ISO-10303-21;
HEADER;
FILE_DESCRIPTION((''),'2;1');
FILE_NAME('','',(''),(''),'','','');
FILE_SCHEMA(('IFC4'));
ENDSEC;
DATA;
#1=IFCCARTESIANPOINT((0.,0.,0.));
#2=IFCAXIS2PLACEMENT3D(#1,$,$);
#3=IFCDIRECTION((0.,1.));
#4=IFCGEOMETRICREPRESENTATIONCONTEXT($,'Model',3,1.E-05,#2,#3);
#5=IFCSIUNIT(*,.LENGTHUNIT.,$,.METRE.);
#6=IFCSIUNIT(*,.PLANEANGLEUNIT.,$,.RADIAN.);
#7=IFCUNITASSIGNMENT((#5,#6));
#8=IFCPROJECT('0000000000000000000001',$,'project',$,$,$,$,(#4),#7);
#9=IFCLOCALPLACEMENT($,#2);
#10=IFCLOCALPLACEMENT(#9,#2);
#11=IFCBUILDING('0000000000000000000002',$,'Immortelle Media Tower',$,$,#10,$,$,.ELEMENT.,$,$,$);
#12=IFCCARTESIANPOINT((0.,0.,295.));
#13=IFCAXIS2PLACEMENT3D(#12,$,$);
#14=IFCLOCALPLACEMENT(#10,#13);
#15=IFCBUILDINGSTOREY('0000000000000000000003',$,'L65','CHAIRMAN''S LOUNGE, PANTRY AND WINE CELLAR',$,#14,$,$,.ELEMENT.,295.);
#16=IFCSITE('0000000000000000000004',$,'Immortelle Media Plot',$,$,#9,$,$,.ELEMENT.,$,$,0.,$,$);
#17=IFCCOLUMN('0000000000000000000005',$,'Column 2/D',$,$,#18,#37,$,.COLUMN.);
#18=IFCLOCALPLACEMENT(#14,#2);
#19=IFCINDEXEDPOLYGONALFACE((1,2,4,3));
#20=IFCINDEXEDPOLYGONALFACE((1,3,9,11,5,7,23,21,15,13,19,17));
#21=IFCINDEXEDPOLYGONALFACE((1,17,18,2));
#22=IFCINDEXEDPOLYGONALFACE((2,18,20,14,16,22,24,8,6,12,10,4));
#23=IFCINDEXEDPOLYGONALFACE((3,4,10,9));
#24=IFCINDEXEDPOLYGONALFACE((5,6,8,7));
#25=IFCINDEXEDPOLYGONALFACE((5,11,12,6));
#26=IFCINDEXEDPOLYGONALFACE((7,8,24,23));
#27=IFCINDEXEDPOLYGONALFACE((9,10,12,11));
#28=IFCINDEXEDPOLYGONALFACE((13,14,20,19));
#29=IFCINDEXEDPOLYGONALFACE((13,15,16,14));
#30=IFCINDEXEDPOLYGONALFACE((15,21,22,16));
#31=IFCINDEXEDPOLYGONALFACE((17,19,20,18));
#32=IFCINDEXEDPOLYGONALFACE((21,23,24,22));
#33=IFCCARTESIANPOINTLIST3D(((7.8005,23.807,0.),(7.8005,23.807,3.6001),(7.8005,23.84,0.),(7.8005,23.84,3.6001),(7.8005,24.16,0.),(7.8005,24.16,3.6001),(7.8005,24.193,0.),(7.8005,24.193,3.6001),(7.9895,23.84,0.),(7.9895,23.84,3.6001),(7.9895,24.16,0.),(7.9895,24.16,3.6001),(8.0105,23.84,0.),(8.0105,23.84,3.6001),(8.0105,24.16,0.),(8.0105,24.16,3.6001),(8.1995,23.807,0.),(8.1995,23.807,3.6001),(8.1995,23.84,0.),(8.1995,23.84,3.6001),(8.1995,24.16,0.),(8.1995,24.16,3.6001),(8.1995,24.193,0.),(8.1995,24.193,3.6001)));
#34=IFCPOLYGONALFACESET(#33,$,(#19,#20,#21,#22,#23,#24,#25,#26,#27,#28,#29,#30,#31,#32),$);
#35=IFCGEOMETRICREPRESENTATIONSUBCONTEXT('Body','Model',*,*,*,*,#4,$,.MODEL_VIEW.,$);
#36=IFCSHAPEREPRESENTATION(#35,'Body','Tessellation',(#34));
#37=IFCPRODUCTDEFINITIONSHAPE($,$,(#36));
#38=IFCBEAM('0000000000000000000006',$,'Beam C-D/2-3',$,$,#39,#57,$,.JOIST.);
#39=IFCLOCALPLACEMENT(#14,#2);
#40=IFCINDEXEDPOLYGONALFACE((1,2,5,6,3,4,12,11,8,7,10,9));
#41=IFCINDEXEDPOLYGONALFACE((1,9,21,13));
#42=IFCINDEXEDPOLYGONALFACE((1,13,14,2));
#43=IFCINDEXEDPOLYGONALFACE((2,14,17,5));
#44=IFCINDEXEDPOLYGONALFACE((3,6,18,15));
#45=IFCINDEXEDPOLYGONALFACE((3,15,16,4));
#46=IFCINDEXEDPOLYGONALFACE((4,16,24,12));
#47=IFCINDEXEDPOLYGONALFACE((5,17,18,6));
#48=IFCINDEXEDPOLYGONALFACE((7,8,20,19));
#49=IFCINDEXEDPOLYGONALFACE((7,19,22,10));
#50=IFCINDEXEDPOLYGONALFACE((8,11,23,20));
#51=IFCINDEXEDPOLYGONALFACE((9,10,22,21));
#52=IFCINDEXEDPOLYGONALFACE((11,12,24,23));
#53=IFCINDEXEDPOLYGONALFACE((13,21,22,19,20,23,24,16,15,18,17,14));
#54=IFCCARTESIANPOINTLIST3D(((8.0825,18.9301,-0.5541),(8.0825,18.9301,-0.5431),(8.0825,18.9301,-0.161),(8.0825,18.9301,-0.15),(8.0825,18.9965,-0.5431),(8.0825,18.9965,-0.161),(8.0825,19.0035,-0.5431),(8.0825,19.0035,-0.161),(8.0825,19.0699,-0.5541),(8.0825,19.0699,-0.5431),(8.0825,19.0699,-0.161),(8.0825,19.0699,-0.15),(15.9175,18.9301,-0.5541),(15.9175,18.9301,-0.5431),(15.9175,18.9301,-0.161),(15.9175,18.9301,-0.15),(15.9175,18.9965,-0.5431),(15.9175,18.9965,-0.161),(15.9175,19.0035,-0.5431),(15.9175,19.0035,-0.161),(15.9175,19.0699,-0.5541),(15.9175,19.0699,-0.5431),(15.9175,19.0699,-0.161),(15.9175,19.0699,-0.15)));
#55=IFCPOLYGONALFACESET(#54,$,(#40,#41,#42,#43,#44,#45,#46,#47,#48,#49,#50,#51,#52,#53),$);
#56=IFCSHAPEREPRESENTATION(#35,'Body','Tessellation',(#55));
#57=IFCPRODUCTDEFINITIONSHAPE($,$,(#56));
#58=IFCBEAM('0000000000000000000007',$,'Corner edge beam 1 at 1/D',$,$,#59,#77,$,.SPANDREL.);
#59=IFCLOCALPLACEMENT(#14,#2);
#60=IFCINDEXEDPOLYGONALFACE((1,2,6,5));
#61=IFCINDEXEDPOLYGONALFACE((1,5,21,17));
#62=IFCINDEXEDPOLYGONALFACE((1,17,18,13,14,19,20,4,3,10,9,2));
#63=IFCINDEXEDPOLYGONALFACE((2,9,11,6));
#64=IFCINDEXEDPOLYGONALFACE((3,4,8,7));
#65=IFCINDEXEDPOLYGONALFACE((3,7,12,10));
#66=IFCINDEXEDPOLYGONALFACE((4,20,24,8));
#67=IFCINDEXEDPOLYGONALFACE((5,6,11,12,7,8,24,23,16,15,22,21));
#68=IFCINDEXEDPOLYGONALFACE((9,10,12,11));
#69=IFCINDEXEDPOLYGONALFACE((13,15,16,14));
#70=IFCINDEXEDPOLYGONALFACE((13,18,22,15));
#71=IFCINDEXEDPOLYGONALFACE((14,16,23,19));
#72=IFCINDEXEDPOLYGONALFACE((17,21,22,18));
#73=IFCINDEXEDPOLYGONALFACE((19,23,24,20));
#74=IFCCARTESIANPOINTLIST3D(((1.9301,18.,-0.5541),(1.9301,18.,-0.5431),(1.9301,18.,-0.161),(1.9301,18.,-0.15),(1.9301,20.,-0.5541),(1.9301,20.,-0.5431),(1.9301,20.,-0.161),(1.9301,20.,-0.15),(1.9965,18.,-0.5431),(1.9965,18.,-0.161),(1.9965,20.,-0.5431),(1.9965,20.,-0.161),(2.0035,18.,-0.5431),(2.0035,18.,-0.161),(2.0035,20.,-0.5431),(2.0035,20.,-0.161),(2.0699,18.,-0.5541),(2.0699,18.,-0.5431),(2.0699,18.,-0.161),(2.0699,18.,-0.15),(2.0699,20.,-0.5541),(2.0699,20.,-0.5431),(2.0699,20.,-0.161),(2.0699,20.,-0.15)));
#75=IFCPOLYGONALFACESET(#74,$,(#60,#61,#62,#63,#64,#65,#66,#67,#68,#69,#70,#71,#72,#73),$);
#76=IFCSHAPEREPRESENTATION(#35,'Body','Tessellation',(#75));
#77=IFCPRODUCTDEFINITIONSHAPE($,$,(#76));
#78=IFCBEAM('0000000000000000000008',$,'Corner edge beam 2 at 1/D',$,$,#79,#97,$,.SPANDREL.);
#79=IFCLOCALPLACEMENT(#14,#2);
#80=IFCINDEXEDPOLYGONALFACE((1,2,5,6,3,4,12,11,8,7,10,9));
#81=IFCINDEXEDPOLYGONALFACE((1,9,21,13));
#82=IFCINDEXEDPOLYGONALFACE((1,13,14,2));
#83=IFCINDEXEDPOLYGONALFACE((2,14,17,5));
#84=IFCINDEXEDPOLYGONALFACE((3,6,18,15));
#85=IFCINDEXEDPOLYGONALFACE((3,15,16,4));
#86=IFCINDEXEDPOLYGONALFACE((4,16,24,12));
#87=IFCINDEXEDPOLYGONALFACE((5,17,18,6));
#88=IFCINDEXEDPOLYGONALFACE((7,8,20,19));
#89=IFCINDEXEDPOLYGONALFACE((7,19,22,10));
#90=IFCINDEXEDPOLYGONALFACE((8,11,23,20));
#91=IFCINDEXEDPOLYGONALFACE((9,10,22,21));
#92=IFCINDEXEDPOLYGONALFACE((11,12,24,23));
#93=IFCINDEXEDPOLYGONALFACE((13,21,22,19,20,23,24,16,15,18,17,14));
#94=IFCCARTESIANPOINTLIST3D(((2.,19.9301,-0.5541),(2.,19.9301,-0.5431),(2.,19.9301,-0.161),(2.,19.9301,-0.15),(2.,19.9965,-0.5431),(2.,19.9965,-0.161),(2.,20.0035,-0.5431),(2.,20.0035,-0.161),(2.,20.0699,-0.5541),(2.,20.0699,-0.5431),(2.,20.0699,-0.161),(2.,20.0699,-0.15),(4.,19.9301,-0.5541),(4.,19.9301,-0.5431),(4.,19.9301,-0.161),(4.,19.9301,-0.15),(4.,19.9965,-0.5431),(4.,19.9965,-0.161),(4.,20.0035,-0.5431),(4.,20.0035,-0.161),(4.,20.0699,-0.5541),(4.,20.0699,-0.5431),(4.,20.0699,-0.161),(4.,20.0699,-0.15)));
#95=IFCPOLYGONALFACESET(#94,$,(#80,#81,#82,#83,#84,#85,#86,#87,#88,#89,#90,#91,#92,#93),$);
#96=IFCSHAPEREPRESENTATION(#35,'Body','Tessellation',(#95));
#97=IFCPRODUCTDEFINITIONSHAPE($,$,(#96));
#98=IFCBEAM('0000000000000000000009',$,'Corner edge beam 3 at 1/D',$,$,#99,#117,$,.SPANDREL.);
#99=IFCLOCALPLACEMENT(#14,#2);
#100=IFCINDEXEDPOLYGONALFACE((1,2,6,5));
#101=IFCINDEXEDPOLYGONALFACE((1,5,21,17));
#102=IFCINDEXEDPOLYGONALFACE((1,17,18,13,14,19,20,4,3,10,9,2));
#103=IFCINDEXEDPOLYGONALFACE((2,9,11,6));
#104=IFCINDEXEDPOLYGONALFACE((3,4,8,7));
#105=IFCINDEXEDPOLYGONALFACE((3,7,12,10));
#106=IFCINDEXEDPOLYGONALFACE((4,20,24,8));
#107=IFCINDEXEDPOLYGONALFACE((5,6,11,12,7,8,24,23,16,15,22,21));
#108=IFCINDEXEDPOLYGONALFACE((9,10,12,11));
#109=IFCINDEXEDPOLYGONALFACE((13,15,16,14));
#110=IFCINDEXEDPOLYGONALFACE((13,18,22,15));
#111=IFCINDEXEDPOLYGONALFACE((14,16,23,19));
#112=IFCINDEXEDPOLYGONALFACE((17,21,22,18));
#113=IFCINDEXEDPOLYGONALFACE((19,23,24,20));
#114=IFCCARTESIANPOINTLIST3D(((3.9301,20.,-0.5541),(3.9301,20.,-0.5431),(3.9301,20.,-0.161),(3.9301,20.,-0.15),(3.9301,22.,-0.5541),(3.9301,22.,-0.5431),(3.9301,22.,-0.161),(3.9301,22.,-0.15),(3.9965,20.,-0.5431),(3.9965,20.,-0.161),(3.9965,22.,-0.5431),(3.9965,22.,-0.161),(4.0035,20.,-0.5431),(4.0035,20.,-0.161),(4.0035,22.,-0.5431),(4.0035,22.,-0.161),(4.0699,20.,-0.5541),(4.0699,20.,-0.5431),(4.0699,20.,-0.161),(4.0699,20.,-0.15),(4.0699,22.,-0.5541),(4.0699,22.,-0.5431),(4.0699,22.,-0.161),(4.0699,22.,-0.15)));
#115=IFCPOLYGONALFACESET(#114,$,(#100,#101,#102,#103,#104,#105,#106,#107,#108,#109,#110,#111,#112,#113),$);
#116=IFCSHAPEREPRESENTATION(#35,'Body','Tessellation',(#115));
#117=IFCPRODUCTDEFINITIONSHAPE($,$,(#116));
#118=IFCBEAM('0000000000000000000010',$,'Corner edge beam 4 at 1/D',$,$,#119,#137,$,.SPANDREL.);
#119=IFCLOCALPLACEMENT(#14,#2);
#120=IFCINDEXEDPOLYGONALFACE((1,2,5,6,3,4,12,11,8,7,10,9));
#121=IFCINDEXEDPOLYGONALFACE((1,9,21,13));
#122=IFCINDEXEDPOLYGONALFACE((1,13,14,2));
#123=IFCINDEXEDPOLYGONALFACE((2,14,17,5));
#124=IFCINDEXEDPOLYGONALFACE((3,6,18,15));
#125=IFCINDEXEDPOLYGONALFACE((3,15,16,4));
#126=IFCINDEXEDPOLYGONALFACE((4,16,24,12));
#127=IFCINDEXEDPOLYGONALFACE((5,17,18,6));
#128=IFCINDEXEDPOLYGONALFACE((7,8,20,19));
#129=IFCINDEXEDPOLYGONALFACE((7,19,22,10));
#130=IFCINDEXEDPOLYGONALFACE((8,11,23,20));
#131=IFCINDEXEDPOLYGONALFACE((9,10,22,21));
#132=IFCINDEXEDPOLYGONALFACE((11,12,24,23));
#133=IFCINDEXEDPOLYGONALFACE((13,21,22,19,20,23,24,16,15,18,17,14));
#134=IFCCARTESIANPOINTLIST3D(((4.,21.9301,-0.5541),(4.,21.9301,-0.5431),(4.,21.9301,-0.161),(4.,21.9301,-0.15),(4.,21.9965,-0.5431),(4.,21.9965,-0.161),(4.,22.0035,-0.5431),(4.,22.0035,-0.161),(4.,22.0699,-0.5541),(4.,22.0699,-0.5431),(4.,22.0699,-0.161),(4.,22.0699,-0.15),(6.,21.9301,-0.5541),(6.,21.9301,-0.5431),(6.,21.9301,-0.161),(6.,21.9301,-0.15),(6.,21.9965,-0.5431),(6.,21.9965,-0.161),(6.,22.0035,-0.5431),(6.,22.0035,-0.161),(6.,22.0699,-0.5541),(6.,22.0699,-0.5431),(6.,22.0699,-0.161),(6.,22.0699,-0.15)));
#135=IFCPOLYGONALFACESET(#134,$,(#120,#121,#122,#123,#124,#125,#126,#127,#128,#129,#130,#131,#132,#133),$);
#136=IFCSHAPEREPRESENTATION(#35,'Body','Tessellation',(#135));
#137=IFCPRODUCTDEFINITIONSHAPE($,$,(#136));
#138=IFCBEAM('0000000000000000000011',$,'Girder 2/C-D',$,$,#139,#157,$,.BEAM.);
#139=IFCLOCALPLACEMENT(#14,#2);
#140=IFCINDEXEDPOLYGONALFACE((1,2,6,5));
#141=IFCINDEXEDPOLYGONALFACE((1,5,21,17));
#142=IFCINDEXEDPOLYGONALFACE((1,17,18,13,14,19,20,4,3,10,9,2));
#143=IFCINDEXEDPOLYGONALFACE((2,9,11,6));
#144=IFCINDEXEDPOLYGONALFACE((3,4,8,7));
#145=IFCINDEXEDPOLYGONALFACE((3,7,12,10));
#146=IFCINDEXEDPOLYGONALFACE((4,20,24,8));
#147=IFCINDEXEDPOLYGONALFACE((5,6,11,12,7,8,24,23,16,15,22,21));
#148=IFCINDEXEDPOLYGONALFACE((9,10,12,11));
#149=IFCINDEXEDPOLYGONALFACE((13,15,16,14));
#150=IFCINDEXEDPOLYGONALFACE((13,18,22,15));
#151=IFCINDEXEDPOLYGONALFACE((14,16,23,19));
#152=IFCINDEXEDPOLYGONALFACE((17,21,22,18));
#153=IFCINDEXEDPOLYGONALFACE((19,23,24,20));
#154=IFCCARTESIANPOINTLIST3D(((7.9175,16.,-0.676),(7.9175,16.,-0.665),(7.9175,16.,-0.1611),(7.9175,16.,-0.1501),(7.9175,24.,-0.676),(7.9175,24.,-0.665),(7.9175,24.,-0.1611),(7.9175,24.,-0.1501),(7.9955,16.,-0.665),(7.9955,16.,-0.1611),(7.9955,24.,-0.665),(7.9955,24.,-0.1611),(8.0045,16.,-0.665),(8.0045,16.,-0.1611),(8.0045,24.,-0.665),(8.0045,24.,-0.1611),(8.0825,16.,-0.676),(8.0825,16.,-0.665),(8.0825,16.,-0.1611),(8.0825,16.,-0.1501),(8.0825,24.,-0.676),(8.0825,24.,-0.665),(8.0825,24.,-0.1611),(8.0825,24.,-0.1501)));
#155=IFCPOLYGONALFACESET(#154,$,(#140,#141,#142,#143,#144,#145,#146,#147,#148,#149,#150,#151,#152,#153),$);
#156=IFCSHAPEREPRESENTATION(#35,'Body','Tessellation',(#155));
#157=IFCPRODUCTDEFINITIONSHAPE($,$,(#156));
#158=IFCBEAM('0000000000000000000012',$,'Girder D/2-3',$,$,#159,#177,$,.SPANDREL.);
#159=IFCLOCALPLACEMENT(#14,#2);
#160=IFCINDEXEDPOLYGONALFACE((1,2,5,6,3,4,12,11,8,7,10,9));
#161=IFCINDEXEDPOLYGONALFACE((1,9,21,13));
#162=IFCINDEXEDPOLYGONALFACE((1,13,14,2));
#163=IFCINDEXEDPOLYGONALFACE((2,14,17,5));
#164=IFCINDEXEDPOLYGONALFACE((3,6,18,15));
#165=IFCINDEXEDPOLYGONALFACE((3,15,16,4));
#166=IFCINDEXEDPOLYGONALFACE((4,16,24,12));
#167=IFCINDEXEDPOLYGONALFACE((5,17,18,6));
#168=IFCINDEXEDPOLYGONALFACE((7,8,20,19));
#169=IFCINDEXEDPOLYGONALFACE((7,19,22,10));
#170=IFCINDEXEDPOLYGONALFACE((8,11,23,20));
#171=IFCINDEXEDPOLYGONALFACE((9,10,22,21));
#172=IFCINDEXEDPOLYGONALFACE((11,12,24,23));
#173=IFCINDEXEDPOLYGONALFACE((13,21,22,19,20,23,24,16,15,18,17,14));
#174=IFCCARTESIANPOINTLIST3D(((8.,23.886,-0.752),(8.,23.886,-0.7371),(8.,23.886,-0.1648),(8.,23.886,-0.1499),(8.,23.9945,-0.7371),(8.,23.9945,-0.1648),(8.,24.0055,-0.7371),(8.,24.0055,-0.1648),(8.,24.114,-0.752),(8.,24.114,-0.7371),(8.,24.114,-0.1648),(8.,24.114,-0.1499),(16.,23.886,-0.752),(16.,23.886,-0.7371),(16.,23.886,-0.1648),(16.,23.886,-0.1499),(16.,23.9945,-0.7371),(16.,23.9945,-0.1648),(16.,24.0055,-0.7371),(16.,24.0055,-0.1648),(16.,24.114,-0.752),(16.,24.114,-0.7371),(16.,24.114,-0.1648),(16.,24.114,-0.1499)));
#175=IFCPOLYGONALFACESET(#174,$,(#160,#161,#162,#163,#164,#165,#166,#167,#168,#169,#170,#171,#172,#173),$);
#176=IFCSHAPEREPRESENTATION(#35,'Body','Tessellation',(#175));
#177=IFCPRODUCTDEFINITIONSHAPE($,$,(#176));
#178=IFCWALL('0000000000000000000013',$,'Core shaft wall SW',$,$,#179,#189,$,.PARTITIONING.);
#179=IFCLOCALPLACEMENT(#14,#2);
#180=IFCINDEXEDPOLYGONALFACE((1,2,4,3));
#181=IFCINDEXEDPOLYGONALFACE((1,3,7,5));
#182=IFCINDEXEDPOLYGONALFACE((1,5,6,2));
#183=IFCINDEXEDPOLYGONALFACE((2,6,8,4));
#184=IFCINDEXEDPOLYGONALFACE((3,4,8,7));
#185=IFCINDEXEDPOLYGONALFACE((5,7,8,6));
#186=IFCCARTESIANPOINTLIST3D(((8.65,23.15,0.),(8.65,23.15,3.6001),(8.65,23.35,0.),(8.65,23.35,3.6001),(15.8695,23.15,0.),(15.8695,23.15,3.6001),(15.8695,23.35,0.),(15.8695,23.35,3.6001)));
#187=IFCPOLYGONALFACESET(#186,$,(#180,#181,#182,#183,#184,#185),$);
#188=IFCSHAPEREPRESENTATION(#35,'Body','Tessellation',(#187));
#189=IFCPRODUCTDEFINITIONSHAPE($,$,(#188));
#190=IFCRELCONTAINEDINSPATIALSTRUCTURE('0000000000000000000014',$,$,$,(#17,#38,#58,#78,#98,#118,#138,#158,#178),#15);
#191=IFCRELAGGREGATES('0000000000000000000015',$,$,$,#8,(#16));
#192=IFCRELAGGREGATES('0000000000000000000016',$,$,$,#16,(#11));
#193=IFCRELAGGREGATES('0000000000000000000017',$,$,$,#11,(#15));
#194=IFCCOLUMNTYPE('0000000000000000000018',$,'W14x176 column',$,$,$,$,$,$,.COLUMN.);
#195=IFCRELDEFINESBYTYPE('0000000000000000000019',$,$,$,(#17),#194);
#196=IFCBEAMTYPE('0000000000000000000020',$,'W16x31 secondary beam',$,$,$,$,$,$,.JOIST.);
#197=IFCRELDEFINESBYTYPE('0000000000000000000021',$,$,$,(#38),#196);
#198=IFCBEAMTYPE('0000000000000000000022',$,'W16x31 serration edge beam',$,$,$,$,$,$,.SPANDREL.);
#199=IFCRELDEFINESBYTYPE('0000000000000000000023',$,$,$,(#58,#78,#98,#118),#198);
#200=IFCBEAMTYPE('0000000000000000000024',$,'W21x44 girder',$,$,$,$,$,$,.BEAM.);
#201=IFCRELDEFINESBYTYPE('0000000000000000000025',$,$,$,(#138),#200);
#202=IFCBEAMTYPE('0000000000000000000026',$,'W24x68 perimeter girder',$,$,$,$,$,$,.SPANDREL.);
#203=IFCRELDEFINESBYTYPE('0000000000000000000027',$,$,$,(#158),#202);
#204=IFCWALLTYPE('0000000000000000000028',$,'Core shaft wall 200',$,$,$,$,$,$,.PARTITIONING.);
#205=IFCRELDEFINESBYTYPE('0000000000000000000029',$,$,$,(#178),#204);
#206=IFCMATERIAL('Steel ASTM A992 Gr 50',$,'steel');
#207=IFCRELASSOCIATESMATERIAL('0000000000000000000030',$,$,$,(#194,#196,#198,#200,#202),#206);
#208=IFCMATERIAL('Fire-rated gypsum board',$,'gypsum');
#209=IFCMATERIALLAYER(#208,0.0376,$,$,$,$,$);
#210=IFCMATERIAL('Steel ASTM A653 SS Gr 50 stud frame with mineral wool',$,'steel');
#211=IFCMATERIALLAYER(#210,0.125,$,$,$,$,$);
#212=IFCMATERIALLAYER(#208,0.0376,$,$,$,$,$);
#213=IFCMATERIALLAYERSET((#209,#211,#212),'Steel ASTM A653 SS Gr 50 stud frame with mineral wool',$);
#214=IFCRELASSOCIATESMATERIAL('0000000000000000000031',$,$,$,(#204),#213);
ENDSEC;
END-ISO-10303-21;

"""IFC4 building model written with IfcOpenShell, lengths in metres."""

from ifc_helpers import new_model, si_unit, direction, frame, frame_2d, origin, origin_2d, place, context, subcontext, project, spatial, rectangle, i_section, extrude, material, layer, layer_set, material_profile, profile_set, type_object, element, save


model = new_model("IFC4")

# Units and contexts
model_context = context("Model", 3, precision=1e-05, world=origin(), true_north=direction((0.0, 1.0)))
body_context = subcontext(model_context, "Body", "Model", "MODEL_VIEW")
ifc_project = project(units=[si_unit("LENGTHUNIT", "METRE"), si_unit("PLANEANGLEUNIT", "RADIAN")], contexts=[model_context])

# Site, building, storey
site_placement = place(None, origin())
site = spatial("IfcSite", under=ifc_project, at=site_placement, Name="Immortelle Media Plot", CompositionType="ELEMENT", RefElevation=0.0)
building_placement = place(site_placement, origin())
building = spatial("IfcBuilding", under=site, at=building_placement, Name="Immortelle Media Tower", CompositionType="ELEMENT")
storey_placement = place(building_placement, frame((0.0, 0.0, 295.0)))
storey = spatial("IfcBuildingStorey", under=building, at=storey_placement, Name="L65", Description="CHAIRMAN'S LOUNGE, PANTRY AND WINE CELLAR", CompositionType="ELEMENT", Elevation=295.0)

# Column
ifc_material_1 = material(Name="Steel ASTM A992 Gr 50", Category="steel")
ifc_material_profile_1 = material_profile(ifc_material_1, i_section(OverallWidth=0.3989, OverallDepth=0.386, WebThickness=0.021, FlangeThickness=0.033, at=origin_2d()), Name="W14x176")
ifc_profile_set_1 = profile_set([ifc_material_profile_1], Name="Steel ASTM A992 Gr 50")
column_type = type_object("IfcColumnType", Name="W14x176 column", PredefinedType="COLUMN", material=ifc_profile_set_1)
column_placement = place(storey_placement, frame((8.0, 24.0, 0.0), z_axis=(0.0, 0.0, 1.0), x_axis=(1.0, 0.0, 0.0)))
element("IfcColumn", 1, at=column_placement, inside=storey, type_object=column_type, Name="Column 2/D", PredefinedType="COLUMN", context=body_context, shape_type="SweptSolid", body=[
    extrude(i_section(OverallWidth=0.3989, OverallDepth=0.386, WebThickness=0.021, FlangeThickness=0.033, at=origin_2d()), origin(), (0.0, 0.0, 1.0), 3.6001),
])

# Beams
ifc_material_profile_2 = material_profile(ifc_material_1, i_section(OverallWidth=0.1399, OverallDepth=0.4041, WebThickness=0.0071, FlangeThickness=0.011, at=origin_2d()), Name="W16x31")
ifc_profile_set_2 = profile_set([ifc_material_profile_2], Name="Steel ASTM A992 Gr 50")
beam_type_1 = type_object("IfcBeamType", Name="W16x31 secondary beam", PredefinedType="JOIST", material=ifc_profile_set_2)
beam_1_placement = place(storey_placement, frame((8.0825, 19.0, -0.3521), z_axis=(1.0, 0.0, 0.0), x_axis=(0.0, 1.0, 0.0)))
element("IfcBeam", 2, at=beam_1_placement, inside=storey, type_object=beam_type_1, Name="Beam C-D/2-3", PredefinedType="JOIST", context=body_context, shape_type="SweptSolid", body=[
    extrude(i_section(OverallWidth=0.1399, OverallDepth=0.4041, WebThickness=0.0071, FlangeThickness=0.011, at=origin_2d()), origin(), (0.0, 0.0, 1.0), 7.835),
])
ifc_material_profile_3 = material_profile(ifc_material_1, i_section(OverallWidth=0.1399, OverallDepth=0.4041, WebThickness=0.0071, FlangeThickness=0.011, at=origin_2d()), Name="W16x31")
ifc_profile_set_3 = profile_set([ifc_material_profile_3], Name="Steel ASTM A992 Gr 50")
beam_type_2 = type_object("IfcBeamType", Name="W16x31 serration edge beam", PredefinedType="SPANDREL", material=ifc_profile_set_3)
for number, where, z_axis, x_axis, name in (
    (3, (2.0, 18.0, -0.3521), (0.0, 1.0, 0.0), (-1.0, 0.0, 0.0), "Corner edge beam 1 at 1/D"),
    (4, (2.0, 20.0, -0.3521), (1.0, 0.0, 0.0), (0.0, 1.0, 0.0), "Corner edge beam 2 at 1/D"),
    (5, (4.0, 20.0, -0.3521), (0.0, 1.0, 0.0), (-1.0, 0.0, 0.0), "Corner edge beam 3 at 1/D"),
    (6, (4.0, 22.0, -0.3521), (1.0, 0.0, 0.0), (0.0, 1.0, 0.0), "Corner edge beam 4 at 1/D"),
):
    element("IfcBeam", number, at=place(storey_placement, frame(where, z_axis=z_axis, x_axis=x_axis)), inside=storey, type_object=beam_type_2, Name=name, PredefinedType="SPANDREL", context=body_context, shape_type="SweptSolid", body=[
        extrude(i_section(OverallWidth=0.1399, OverallDepth=0.4041, WebThickness=0.0071, FlangeThickness=0.011, at=origin_2d()), origin(), (0.0, 0.0, 1.0), 2.0),
    ])
ifc_material_profile_4 = material_profile(ifc_material_1, i_section(OverallWidth=0.165, OverallDepth=0.5259, WebThickness=0.009, FlangeThickness=0.011, at=origin_2d()), Name="W21x44")
ifc_profile_set_4 = profile_set([ifc_material_profile_4], Name="Steel ASTM A992 Gr 50")
beam_type_3 = type_object("IfcBeamType", Name="W21x44 girder", PredefinedType="BEAM", material=ifc_profile_set_4)
beam_2_placement = place(storey_placement, frame((8.0, 16.0, -0.4131), z_axis=(0.0, 1.0, 0.0), x_axis=(-1.0, 0.0, 0.0)))
element("IfcBeam", 7, at=beam_2_placement, inside=storey, type_object=beam_type_3, Name="Girder 2/C-D", PredefinedType="BEAM", context=body_context, shape_type="SweptSolid", body=[
    extrude(i_section(OverallWidth=0.165, OverallDepth=0.5259, WebThickness=0.009, FlangeThickness=0.011, at=origin_2d()), origin(), (0.0, 0.0, 1.0), 8.0),
])
ifc_material_profile_5 = material_profile(ifc_material_1, i_section(OverallWidth=0.228, OverallDepth=0.6021, WebThickness=0.011, FlangeThickness=0.0149, at=origin_2d()), Name="W24x68")
ifc_profile_set_5 = profile_set([ifc_material_profile_5], Name="Steel ASTM A992 Gr 50")
beam_type_4 = type_object("IfcBeamType", Name="W24x68 perimeter girder", PredefinedType="SPANDREL", material=ifc_profile_set_5)
beam_3_placement = place(storey_placement, frame((8.0, 24.0, -0.4509), z_axis=(1.0, 0.0, 0.0), x_axis=(0.0, 1.0, 0.0)))
element("IfcBeam", 8, at=beam_3_placement, inside=storey, type_object=beam_type_4, Name="Girder D/2-3", PredefinedType="SPANDREL", context=body_context, shape_type="SweptSolid", body=[
    extrude(i_section(OverallWidth=0.228, OverallDepth=0.6021, WebThickness=0.011, FlangeThickness=0.0149, at=origin_2d()), origin(), (0.0, 0.0, 1.0), 8.0),
])

# Wall
ifc_material_2 = material(Name="Fire-rated gypsum board", Category="gypsum")
ifc_layer_1 = layer(ifc_material_2, 0.0376)
ifc_material_3 = material(Name="Steel ASTM A653 SS Gr 50 stud frame with mineral wool", Category="steel")
ifc_layer_2 = layer(ifc_material_3, 0.125)
ifc_layer_3 = layer(ifc_material_2, 0.0376)
ifc_layer_set_1 = layer_set([ifc_layer_1, ifc_layer_2, ifc_layer_3], Name="Steel ASTM A653 SS Gr 50 stud frame with mineral wool")
wall_type_1 = type_object("IfcWallType", Name="Core shaft wall 200", PredefinedType="PARTITIONING", material=ifc_layer_set_1)
wall_1_placement = place(storey_placement, frame((8.6499, 23.25, 0.0), z_axis=(0.0, 0.0, 1.0), x_axis=(1.0, 0.0, 0.0)))
element("IfcWall", 9, at=wall_1_placement, inside=storey, type_object=wall_type_1, Name="Core shaft wall SW", PredefinedType="PARTITIONING", context=body_context, shape_type="SweptSolid", body=[
    extrude(rectangle(XDim=7.2195, YDim=0.2, at=frame_2d((3.6099, 0.0))), origin(), (0.0, 0.0, 1.0), 3.6001),
])

save(model, "model.ifc")
